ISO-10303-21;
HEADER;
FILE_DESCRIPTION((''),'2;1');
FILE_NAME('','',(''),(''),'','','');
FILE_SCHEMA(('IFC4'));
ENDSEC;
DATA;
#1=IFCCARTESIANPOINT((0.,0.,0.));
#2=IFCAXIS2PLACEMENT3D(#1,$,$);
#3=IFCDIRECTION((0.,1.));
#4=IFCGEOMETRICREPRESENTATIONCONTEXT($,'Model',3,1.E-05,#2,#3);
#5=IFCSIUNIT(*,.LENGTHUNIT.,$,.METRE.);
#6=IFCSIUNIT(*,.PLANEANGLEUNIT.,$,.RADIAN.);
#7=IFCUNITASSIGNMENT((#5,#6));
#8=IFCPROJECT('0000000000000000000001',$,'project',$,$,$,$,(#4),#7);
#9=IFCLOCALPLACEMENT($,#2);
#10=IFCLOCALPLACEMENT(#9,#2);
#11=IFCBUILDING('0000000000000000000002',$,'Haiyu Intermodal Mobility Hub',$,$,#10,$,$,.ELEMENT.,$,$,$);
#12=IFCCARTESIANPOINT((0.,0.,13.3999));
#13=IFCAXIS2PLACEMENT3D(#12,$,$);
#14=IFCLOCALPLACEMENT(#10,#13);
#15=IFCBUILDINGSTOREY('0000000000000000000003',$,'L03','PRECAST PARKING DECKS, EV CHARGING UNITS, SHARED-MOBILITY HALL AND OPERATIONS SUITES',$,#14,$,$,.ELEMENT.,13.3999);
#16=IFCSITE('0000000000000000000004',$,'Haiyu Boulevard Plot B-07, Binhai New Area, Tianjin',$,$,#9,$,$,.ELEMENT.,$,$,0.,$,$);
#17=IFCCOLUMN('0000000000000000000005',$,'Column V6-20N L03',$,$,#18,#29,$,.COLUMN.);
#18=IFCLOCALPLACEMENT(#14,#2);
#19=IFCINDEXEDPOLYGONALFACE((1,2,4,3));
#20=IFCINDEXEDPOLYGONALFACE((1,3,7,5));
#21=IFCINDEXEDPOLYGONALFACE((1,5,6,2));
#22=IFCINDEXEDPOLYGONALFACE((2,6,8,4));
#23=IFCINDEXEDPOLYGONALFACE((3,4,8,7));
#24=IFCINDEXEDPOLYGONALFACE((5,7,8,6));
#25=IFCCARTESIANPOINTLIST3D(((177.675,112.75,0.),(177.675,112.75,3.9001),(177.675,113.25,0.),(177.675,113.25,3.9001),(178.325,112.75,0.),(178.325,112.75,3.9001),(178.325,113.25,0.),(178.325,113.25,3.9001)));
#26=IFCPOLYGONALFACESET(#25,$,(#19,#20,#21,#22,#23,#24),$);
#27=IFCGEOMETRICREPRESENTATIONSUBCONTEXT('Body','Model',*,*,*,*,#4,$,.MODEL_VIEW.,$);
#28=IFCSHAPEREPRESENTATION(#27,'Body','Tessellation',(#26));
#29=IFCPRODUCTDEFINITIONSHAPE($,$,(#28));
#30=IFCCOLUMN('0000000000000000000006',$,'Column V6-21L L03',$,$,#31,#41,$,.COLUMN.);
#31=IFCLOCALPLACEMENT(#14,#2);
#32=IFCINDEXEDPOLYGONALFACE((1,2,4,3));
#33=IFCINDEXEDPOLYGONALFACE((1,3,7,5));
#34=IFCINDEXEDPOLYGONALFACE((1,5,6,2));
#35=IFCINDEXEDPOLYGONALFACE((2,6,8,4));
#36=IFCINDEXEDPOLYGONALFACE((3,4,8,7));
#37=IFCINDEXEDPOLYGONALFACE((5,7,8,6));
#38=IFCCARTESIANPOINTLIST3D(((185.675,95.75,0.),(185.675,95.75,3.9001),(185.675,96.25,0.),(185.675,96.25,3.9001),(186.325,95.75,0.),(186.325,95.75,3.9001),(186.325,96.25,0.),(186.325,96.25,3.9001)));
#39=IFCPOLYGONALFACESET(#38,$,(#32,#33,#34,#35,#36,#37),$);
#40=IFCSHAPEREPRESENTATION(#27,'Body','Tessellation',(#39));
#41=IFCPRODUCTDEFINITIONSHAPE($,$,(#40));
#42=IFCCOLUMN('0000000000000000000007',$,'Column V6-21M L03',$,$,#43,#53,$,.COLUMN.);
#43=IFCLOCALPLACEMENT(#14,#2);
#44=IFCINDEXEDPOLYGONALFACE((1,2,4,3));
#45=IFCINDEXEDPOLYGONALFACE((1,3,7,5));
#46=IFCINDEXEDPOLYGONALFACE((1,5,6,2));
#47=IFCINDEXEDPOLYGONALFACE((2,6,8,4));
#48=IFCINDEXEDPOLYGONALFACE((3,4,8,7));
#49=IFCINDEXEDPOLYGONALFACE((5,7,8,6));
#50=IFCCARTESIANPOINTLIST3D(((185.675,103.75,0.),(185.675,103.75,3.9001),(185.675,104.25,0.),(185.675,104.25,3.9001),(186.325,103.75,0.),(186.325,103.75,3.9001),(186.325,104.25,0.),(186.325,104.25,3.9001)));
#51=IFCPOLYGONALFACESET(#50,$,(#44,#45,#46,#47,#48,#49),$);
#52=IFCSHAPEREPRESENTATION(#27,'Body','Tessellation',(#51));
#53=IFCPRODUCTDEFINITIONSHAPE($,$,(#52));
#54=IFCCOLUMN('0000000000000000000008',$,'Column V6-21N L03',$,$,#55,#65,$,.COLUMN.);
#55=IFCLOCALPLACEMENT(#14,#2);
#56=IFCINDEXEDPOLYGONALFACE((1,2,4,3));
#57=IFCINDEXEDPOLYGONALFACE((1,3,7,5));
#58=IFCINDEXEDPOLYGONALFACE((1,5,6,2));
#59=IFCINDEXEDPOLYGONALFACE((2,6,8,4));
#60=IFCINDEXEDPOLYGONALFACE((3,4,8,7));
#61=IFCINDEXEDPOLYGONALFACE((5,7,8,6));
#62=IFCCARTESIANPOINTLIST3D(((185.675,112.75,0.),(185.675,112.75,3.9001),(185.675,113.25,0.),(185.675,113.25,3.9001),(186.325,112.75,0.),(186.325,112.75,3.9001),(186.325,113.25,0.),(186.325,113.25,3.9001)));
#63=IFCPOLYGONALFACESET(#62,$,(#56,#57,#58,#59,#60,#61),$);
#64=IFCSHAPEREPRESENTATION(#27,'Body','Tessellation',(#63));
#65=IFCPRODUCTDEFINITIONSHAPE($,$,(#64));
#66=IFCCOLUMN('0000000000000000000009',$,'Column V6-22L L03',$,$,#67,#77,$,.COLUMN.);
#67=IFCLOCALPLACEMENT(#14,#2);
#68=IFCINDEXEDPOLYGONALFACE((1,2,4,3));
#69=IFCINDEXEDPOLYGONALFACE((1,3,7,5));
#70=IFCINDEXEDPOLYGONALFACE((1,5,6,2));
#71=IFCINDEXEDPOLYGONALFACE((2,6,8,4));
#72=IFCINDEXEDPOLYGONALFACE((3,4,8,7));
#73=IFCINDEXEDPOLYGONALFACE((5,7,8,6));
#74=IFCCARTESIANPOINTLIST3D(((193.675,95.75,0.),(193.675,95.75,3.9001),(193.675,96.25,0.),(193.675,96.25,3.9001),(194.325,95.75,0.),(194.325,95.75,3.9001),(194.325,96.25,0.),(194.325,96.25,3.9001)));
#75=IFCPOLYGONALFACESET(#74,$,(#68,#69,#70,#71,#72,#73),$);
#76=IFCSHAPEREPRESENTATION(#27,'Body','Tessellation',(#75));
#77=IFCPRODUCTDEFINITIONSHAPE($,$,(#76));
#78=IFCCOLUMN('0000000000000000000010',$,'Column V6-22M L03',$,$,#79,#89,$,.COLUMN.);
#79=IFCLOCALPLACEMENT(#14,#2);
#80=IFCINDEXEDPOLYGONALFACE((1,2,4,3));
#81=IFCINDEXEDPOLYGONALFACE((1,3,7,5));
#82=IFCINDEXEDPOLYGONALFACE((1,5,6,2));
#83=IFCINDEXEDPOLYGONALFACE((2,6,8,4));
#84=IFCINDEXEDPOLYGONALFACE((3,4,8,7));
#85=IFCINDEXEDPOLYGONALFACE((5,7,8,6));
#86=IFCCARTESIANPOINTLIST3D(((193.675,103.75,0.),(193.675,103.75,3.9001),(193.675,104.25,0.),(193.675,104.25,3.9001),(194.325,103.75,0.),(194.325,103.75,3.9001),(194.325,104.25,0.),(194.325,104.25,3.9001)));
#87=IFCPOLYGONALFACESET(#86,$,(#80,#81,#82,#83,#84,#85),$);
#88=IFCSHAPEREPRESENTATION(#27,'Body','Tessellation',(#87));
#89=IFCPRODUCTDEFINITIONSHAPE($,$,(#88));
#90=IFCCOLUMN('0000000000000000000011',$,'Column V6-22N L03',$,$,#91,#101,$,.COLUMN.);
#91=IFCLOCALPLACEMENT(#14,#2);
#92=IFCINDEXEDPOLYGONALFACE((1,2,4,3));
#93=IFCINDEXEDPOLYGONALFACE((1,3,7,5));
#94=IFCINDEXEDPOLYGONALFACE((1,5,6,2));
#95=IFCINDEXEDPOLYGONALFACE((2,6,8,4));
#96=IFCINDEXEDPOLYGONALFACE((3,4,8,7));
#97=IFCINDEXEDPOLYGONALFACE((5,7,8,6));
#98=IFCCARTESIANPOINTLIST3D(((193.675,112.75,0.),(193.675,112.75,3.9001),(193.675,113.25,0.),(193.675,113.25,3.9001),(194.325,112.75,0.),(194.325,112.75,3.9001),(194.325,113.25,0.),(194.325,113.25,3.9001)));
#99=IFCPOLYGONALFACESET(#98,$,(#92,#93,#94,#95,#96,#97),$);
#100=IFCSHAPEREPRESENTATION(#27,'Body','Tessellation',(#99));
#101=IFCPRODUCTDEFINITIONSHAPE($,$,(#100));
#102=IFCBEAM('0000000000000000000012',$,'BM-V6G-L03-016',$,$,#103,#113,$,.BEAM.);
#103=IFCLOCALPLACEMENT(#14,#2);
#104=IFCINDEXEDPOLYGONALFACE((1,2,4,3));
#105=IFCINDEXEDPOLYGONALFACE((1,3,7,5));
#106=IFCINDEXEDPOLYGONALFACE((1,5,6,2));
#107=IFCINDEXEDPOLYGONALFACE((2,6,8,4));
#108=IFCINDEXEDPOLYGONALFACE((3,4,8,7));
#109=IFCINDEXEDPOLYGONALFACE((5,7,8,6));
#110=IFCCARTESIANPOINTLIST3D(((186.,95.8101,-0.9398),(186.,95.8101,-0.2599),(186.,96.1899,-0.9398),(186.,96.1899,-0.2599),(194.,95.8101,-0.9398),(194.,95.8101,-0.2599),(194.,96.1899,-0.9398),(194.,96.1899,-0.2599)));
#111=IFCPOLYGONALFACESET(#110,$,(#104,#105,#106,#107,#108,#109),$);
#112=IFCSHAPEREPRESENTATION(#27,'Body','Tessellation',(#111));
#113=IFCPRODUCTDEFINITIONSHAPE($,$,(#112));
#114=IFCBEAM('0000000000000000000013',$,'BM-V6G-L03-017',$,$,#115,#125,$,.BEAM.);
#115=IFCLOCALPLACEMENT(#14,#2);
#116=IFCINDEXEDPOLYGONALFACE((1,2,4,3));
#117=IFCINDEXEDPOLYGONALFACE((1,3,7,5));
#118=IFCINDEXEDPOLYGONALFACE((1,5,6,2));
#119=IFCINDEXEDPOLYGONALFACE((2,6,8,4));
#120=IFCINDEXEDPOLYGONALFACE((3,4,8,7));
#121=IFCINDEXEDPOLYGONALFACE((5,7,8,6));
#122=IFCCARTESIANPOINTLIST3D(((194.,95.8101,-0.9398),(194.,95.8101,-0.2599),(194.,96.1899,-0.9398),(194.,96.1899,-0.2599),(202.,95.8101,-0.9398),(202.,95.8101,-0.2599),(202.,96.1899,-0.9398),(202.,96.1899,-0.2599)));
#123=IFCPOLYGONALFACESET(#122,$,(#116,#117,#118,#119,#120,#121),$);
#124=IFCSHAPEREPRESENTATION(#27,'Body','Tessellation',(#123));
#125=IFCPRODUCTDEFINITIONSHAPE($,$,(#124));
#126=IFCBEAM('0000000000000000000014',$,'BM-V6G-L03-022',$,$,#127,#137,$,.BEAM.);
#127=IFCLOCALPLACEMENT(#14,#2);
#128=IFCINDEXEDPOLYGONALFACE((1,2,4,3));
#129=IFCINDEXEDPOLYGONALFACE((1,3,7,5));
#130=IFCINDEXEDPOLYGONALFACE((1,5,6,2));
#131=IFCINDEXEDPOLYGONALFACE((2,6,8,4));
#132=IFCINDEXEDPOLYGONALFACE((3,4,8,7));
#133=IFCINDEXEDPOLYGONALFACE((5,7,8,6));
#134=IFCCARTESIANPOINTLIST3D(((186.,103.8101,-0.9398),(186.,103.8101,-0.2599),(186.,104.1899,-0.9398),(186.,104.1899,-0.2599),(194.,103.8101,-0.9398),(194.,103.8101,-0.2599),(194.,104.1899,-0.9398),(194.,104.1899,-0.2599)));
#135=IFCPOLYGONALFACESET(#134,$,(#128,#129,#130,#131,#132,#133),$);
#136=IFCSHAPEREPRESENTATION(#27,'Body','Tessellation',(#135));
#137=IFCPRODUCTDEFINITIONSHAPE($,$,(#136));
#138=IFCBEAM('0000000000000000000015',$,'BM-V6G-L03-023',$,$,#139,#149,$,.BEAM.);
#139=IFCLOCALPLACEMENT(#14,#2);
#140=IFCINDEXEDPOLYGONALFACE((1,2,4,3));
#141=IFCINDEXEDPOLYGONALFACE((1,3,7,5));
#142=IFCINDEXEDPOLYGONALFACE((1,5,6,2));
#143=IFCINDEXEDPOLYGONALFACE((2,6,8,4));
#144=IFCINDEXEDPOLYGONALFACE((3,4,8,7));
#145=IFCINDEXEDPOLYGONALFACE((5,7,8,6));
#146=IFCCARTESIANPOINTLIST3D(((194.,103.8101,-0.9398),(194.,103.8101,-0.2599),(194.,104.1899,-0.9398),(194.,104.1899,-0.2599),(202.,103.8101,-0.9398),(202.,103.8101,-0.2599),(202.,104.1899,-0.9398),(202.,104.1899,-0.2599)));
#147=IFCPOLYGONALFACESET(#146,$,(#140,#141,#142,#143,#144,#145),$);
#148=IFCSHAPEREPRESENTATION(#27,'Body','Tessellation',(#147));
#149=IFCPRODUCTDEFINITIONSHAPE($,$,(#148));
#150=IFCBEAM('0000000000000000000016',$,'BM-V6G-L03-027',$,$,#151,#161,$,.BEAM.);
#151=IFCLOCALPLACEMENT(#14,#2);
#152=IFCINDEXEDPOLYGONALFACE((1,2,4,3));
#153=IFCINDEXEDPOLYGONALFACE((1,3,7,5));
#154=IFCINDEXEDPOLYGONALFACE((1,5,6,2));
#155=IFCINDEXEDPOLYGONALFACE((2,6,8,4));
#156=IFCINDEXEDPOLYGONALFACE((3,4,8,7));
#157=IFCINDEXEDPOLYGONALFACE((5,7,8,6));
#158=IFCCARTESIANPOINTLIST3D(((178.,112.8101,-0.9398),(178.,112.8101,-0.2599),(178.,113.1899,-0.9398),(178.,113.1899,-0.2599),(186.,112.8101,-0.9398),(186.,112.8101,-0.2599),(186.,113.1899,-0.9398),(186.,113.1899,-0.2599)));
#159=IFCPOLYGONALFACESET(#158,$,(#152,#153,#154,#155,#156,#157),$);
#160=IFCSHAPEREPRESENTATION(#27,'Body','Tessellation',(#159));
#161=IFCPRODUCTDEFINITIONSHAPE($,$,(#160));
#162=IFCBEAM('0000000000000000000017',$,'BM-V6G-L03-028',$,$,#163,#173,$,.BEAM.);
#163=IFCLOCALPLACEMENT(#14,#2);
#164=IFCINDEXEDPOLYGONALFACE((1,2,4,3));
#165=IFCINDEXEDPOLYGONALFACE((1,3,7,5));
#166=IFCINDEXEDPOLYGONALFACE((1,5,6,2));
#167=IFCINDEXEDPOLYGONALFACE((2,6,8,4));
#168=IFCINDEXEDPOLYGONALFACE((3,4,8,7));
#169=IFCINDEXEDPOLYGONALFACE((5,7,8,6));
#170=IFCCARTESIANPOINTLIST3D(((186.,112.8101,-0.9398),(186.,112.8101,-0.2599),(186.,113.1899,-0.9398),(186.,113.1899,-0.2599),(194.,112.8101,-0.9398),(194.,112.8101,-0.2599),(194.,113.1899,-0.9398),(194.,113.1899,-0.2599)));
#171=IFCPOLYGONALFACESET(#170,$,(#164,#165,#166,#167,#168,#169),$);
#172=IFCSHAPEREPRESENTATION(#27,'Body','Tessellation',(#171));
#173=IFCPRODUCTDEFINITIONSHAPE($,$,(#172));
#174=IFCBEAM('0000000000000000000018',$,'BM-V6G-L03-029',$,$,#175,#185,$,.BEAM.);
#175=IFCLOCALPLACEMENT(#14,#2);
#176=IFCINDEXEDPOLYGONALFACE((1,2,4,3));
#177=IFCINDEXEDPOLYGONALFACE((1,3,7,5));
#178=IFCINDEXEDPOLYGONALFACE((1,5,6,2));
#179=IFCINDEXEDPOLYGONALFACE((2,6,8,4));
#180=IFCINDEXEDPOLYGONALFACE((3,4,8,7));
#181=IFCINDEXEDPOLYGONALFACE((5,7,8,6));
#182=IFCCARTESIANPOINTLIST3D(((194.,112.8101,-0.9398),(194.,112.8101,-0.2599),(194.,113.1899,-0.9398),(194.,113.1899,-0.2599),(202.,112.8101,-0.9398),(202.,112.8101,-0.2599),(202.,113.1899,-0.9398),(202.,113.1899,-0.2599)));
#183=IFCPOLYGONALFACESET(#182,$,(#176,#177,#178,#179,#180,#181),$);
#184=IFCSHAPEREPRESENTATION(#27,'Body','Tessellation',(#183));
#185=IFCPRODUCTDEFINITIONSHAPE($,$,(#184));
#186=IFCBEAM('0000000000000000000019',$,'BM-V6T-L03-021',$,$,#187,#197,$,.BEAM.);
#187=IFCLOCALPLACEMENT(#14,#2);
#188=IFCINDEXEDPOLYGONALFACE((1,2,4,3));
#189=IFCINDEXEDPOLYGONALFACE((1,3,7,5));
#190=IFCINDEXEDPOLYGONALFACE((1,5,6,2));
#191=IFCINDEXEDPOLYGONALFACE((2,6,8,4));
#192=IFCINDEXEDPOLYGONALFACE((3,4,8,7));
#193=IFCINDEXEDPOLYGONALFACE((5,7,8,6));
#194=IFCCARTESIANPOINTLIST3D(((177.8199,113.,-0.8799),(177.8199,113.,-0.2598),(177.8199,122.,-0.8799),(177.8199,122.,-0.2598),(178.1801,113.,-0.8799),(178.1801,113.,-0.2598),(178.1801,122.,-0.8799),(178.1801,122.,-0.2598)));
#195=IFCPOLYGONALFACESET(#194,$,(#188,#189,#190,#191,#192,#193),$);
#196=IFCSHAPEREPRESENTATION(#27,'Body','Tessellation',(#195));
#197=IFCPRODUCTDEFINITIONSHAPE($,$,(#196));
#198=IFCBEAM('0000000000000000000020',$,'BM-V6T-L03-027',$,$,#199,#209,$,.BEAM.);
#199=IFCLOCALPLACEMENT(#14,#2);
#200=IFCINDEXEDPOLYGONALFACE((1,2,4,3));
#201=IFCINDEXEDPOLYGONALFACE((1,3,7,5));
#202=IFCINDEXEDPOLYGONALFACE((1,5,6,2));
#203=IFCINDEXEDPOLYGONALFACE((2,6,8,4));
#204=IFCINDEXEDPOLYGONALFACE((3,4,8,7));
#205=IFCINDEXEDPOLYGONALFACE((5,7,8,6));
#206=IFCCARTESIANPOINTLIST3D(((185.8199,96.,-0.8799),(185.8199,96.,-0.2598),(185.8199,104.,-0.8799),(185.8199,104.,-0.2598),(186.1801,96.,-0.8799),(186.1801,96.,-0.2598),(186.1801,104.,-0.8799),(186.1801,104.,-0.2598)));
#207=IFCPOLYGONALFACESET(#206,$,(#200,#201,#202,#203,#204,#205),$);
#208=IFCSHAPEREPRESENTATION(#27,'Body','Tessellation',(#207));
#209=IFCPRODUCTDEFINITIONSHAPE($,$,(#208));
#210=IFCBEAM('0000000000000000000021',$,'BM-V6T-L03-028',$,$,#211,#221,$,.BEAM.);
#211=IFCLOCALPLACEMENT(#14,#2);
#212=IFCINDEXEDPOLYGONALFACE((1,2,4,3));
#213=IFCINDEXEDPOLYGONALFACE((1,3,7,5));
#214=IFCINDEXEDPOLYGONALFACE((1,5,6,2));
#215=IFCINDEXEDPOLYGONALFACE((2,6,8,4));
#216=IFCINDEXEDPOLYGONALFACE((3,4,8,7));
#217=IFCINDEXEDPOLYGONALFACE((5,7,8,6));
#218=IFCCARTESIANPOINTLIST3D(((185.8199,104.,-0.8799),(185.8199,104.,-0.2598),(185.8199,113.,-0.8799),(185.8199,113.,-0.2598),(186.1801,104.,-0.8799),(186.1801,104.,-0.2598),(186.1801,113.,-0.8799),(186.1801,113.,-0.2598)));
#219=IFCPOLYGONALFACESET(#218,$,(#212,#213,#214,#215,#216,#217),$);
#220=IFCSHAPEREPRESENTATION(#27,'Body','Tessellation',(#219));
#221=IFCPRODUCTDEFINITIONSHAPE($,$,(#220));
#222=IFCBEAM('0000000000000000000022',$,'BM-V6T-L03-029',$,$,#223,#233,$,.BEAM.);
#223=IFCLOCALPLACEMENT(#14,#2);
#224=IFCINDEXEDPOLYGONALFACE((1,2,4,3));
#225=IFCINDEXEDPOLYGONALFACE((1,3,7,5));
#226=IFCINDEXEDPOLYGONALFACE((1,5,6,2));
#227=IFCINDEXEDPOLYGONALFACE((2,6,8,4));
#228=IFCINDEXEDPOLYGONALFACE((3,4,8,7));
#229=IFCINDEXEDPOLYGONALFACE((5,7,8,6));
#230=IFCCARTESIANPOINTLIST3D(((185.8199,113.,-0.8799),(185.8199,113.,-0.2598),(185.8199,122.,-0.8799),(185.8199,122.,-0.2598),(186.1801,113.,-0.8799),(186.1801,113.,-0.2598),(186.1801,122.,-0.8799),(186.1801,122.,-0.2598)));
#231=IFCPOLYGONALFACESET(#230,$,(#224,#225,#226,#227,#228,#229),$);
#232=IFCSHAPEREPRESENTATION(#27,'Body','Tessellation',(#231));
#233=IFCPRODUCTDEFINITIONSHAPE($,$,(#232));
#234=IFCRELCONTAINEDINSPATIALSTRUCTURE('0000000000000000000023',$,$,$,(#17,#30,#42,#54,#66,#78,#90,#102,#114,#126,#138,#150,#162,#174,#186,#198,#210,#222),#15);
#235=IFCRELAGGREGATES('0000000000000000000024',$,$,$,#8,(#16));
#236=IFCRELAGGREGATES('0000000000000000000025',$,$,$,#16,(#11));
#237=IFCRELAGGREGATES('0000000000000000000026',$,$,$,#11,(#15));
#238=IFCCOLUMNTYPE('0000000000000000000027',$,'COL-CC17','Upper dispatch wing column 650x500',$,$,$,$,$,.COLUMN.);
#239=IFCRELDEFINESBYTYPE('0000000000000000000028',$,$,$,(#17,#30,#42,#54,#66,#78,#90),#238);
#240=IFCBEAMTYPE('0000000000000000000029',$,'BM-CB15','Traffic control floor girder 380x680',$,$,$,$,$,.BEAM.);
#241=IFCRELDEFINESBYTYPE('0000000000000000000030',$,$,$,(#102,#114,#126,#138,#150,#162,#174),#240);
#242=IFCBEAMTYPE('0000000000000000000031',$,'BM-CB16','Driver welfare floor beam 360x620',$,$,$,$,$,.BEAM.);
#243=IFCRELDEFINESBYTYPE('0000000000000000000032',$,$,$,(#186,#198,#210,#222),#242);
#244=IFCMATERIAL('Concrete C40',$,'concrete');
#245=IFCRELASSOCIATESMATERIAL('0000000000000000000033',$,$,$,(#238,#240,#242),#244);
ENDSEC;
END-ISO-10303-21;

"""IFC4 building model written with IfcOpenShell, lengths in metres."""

from ifc_helpers import new_model, si_unit, direction, frame, origin, origin_2d, place, context, subcontext, project, spatial, rectangle, extrude, material, material_profile, profile_set, type_object, element, save


model = new_model("IFC4")

# Units and contexts
model_context = context("Model", 3, precision=1e-05, world=origin(), true_north=direction((0.0, 1.0)))
body_context = subcontext(model_context, "Body", "Model", "MODEL_VIEW")
ifc_project = project(units=[si_unit("LENGTHUNIT", "METRE"), si_unit("PLANEANGLEUNIT", "RADIAN")], contexts=[model_context])

# Site, building, storey
site_placement = place(None, origin())
site = spatial("IfcSite", under=ifc_project, at=site_placement, Name="Haiyu Boulevard Plot B-07, Binhai New Area, Tianjin", CompositionType="ELEMENT", RefElevation=0.0)
building_placement = place(site_placement, origin())
building = spatial("IfcBuilding", under=site, at=building_placement, Name="Haiyu Intermodal Mobility Hub", CompositionType="ELEMENT")
storey_placement = place(building_placement, frame((0.0, 0.0, 13.3999)))
storey = spatial("IfcBuildingStorey", under=building, at=storey_placement, Name="L03", Description="PRECAST PARKING DECKS, EV CHARGING UNITS, SHARED-MOBILITY HALL AND OPERATIONS SUITES", CompositionType="ELEMENT", Elevation=13.3999)

# Columns
ifc_material = material(Name="Concrete C40", Category="concrete")
ifc_material_profile_1 = material_profile(ifc_material, rectangle(XDim=0.6499, YDim=0.5, at=origin_2d()), Name="C650x500")
ifc_profile_set_1 = profile_set([ifc_material_profile_1], Name="Concrete C40")
column_type = type_object("IfcColumnType", Name="COL-CC17", Description="Upper dispatch wing column 650x500", PredefinedType="COLUMN", material=ifc_profile_set_1)
for number, where, z_axis, x_axis, name in (
    (1, (178.0, 113.0, 0.0), (0.0, 0.0, 1.0), (1.0, 0.0, 0.0), "Column V6-20N L03"),
    (2, (186.0, 96.0, 0.0), (0.0, 0.0, 1.0), (1.0, 0.0, 0.0), "Column V6-21L L03"),
    (3, (186.0, 104.0, 0.0), (0.0, 0.0, 1.0), (1.0, 0.0, 0.0), "Column V6-21M L03"),
    (4, (186.0, 113.0, 0.0), (0.0, 0.0, 1.0), (1.0, 0.0, 0.0), "Column V6-21N L03"),
    (5, (194.0, 96.0, 0.0), (0.0, 0.0, 1.0), (1.0, 0.0, 0.0), "Column V6-22L L03"),
    (6, (194.0, 104.0, 0.0), (0.0, 0.0, 1.0), (1.0, 0.0, 0.0), "Column V6-22M L03"),
    (7, (194.0, 113.0, 0.0), (0.0, 0.0, 1.0), (1.0, 0.0, 0.0), "Column V6-22N L03"),
):
    element("IfcColumn", number, at=place(storey_placement, frame(where, z_axis=z_axis, x_axis=x_axis)), inside=storey, type_object=column_type, Name=name, PredefinedType="COLUMN", context=body_context, shape_type="SweptSolid", body=[
        extrude(rectangle(XDim=0.6499, YDim=0.5, at=origin_2d()), origin(), (0.0, 0.0, 1.0), 3.9001),
    ])

# Beams
ifc_material_profile_2 = material_profile(ifc_material, rectangle(XDim=0.3799, YDim=0.6799, at=origin_2d()), Name="B380x680")
ifc_profile_set_2 = profile_set([ifc_material_profile_2], Name="Concrete C40")
beam_type_1 = type_object("IfcBeamType", Name="BM-CB15", Description="Traffic control floor girder 380x680", PredefinedType="BEAM", material=ifc_profile_set_2)
for number, where, z_axis, x_axis, name in (
    (8, (186.0, 96.0, -0.5999), (1.0, 0.0, 0.0), (0.0, 1.0, 0.0), "BM-V6G-L03-016"),
    (9, (194.0, 96.0, -0.5999), (1.0, 0.0, 0.0), (0.0, 1.0, 0.0), "BM-V6G-L03-017"),
    (10, (186.0, 104.0, -0.5999), (1.0, 0.0, 0.0), (0.0, 1.0, 0.0), "BM-V6G-L03-022"),
    (11, (194.0, 104.0, -0.5999), (1.0, 0.0, 0.0), (0.0, 1.0, 0.0), "BM-V6G-L03-023"),
    (12, (178.0, 113.0, -0.5999), (1.0, 0.0, 0.0), (0.0, 1.0, 0.0), "BM-V6G-L03-027"),
    (13, (186.0, 113.0, -0.5999), (1.0, 0.0, 0.0), (0.0, 1.0, 0.0), "BM-V6G-L03-028"),
    (14, (194.0, 113.0, -0.5999), (1.0, 0.0, 0.0), (0.0, 1.0, 0.0), "BM-V6G-L03-029"),
):
    element("IfcBeam", number, at=place(storey_placement, frame(where, z_axis=z_axis, x_axis=x_axis)), inside=storey, type_object=beam_type_1, Name=name, PredefinedType="BEAM", context=body_context, shape_type="SweptSolid", body=[
        extrude(rectangle(XDim=0.3799, YDim=0.6799, at=origin_2d()), origin(), (0.0, 0.0, 1.0), 8.0),
    ])
ifc_material_profile_3 = material_profile(ifc_material, rectangle(XDim=0.3601, YDim=0.6201, at=origin_2d()), Name="B360x620")
ifc_profile_set_3 = profile_set([ifc_material_profile_3], Name="Concrete C40")
beam_type_2 = type_object("IfcBeamType", Name="BM-CB16", Description="Driver welfare floor beam 360x620", PredefinedType="BEAM", material=ifc_profile_set_3)
beam_1_placement = place(storey_placement, frame((178.0, 113.0, -0.5698), z_axis=(0.0, 1.0, 0.0), x_axis=(-1.0, 0.0, 0.0)))
element("IfcBeam", 15, at=beam_1_placement, inside=storey, type_object=beam_type_2, Name="BM-V6T-L03-021", PredefinedType="BEAM", context=body_context, shape_type="SweptSolid", body=[
    extrude(rectangle(XDim=0.3601, YDim=0.6201, at=origin_2d()), origin(), (0.0, 0.0, 1.0), 9.0),
])
beam_2_placement = place(storey_placement, frame((186.0, 96.0, -0.5698), z_axis=(0.0, 1.0, 0.0), x_axis=(-1.0, 0.0, 0.0)))
element("IfcBeam", 16, at=beam_2_placement, inside=storey, type_object=beam_type_2, Name="BM-V6T-L03-027", PredefinedType="BEAM", context=body_context, shape_type="SweptSolid", body=[
    extrude(rectangle(XDim=0.3601, YDim=0.6201, at=origin_2d()), origin(), (0.0, 0.0, 1.0), 8.0),
])
for number, where, z_axis, x_axis, name in (
    (17, (186.0, 104.0, -0.5698), (0.0, 1.0, 0.0), (-1.0, 0.0, 0.0), "BM-V6T-L03-028"),
    (18, (186.0, 113.0, -0.5698), (0.0, 1.0, 0.0), (-1.0, 0.0, 0.0), "BM-V6T-L03-029"),
):
    element("IfcBeam", number, at=place(storey_placement, frame(where, z_axis=z_axis, x_axis=x_axis)), inside=storey, type_object=beam_type_2, Name=name, PredefinedType="BEAM", context=body_context, shape_type="SweptSolid", body=[
        extrude(rectangle(XDim=0.3601, YDim=0.6201, at=origin_2d()), origin(), (0.0, 0.0, 1.0), 9.0),
    ])

save(model, "model.ifc")
